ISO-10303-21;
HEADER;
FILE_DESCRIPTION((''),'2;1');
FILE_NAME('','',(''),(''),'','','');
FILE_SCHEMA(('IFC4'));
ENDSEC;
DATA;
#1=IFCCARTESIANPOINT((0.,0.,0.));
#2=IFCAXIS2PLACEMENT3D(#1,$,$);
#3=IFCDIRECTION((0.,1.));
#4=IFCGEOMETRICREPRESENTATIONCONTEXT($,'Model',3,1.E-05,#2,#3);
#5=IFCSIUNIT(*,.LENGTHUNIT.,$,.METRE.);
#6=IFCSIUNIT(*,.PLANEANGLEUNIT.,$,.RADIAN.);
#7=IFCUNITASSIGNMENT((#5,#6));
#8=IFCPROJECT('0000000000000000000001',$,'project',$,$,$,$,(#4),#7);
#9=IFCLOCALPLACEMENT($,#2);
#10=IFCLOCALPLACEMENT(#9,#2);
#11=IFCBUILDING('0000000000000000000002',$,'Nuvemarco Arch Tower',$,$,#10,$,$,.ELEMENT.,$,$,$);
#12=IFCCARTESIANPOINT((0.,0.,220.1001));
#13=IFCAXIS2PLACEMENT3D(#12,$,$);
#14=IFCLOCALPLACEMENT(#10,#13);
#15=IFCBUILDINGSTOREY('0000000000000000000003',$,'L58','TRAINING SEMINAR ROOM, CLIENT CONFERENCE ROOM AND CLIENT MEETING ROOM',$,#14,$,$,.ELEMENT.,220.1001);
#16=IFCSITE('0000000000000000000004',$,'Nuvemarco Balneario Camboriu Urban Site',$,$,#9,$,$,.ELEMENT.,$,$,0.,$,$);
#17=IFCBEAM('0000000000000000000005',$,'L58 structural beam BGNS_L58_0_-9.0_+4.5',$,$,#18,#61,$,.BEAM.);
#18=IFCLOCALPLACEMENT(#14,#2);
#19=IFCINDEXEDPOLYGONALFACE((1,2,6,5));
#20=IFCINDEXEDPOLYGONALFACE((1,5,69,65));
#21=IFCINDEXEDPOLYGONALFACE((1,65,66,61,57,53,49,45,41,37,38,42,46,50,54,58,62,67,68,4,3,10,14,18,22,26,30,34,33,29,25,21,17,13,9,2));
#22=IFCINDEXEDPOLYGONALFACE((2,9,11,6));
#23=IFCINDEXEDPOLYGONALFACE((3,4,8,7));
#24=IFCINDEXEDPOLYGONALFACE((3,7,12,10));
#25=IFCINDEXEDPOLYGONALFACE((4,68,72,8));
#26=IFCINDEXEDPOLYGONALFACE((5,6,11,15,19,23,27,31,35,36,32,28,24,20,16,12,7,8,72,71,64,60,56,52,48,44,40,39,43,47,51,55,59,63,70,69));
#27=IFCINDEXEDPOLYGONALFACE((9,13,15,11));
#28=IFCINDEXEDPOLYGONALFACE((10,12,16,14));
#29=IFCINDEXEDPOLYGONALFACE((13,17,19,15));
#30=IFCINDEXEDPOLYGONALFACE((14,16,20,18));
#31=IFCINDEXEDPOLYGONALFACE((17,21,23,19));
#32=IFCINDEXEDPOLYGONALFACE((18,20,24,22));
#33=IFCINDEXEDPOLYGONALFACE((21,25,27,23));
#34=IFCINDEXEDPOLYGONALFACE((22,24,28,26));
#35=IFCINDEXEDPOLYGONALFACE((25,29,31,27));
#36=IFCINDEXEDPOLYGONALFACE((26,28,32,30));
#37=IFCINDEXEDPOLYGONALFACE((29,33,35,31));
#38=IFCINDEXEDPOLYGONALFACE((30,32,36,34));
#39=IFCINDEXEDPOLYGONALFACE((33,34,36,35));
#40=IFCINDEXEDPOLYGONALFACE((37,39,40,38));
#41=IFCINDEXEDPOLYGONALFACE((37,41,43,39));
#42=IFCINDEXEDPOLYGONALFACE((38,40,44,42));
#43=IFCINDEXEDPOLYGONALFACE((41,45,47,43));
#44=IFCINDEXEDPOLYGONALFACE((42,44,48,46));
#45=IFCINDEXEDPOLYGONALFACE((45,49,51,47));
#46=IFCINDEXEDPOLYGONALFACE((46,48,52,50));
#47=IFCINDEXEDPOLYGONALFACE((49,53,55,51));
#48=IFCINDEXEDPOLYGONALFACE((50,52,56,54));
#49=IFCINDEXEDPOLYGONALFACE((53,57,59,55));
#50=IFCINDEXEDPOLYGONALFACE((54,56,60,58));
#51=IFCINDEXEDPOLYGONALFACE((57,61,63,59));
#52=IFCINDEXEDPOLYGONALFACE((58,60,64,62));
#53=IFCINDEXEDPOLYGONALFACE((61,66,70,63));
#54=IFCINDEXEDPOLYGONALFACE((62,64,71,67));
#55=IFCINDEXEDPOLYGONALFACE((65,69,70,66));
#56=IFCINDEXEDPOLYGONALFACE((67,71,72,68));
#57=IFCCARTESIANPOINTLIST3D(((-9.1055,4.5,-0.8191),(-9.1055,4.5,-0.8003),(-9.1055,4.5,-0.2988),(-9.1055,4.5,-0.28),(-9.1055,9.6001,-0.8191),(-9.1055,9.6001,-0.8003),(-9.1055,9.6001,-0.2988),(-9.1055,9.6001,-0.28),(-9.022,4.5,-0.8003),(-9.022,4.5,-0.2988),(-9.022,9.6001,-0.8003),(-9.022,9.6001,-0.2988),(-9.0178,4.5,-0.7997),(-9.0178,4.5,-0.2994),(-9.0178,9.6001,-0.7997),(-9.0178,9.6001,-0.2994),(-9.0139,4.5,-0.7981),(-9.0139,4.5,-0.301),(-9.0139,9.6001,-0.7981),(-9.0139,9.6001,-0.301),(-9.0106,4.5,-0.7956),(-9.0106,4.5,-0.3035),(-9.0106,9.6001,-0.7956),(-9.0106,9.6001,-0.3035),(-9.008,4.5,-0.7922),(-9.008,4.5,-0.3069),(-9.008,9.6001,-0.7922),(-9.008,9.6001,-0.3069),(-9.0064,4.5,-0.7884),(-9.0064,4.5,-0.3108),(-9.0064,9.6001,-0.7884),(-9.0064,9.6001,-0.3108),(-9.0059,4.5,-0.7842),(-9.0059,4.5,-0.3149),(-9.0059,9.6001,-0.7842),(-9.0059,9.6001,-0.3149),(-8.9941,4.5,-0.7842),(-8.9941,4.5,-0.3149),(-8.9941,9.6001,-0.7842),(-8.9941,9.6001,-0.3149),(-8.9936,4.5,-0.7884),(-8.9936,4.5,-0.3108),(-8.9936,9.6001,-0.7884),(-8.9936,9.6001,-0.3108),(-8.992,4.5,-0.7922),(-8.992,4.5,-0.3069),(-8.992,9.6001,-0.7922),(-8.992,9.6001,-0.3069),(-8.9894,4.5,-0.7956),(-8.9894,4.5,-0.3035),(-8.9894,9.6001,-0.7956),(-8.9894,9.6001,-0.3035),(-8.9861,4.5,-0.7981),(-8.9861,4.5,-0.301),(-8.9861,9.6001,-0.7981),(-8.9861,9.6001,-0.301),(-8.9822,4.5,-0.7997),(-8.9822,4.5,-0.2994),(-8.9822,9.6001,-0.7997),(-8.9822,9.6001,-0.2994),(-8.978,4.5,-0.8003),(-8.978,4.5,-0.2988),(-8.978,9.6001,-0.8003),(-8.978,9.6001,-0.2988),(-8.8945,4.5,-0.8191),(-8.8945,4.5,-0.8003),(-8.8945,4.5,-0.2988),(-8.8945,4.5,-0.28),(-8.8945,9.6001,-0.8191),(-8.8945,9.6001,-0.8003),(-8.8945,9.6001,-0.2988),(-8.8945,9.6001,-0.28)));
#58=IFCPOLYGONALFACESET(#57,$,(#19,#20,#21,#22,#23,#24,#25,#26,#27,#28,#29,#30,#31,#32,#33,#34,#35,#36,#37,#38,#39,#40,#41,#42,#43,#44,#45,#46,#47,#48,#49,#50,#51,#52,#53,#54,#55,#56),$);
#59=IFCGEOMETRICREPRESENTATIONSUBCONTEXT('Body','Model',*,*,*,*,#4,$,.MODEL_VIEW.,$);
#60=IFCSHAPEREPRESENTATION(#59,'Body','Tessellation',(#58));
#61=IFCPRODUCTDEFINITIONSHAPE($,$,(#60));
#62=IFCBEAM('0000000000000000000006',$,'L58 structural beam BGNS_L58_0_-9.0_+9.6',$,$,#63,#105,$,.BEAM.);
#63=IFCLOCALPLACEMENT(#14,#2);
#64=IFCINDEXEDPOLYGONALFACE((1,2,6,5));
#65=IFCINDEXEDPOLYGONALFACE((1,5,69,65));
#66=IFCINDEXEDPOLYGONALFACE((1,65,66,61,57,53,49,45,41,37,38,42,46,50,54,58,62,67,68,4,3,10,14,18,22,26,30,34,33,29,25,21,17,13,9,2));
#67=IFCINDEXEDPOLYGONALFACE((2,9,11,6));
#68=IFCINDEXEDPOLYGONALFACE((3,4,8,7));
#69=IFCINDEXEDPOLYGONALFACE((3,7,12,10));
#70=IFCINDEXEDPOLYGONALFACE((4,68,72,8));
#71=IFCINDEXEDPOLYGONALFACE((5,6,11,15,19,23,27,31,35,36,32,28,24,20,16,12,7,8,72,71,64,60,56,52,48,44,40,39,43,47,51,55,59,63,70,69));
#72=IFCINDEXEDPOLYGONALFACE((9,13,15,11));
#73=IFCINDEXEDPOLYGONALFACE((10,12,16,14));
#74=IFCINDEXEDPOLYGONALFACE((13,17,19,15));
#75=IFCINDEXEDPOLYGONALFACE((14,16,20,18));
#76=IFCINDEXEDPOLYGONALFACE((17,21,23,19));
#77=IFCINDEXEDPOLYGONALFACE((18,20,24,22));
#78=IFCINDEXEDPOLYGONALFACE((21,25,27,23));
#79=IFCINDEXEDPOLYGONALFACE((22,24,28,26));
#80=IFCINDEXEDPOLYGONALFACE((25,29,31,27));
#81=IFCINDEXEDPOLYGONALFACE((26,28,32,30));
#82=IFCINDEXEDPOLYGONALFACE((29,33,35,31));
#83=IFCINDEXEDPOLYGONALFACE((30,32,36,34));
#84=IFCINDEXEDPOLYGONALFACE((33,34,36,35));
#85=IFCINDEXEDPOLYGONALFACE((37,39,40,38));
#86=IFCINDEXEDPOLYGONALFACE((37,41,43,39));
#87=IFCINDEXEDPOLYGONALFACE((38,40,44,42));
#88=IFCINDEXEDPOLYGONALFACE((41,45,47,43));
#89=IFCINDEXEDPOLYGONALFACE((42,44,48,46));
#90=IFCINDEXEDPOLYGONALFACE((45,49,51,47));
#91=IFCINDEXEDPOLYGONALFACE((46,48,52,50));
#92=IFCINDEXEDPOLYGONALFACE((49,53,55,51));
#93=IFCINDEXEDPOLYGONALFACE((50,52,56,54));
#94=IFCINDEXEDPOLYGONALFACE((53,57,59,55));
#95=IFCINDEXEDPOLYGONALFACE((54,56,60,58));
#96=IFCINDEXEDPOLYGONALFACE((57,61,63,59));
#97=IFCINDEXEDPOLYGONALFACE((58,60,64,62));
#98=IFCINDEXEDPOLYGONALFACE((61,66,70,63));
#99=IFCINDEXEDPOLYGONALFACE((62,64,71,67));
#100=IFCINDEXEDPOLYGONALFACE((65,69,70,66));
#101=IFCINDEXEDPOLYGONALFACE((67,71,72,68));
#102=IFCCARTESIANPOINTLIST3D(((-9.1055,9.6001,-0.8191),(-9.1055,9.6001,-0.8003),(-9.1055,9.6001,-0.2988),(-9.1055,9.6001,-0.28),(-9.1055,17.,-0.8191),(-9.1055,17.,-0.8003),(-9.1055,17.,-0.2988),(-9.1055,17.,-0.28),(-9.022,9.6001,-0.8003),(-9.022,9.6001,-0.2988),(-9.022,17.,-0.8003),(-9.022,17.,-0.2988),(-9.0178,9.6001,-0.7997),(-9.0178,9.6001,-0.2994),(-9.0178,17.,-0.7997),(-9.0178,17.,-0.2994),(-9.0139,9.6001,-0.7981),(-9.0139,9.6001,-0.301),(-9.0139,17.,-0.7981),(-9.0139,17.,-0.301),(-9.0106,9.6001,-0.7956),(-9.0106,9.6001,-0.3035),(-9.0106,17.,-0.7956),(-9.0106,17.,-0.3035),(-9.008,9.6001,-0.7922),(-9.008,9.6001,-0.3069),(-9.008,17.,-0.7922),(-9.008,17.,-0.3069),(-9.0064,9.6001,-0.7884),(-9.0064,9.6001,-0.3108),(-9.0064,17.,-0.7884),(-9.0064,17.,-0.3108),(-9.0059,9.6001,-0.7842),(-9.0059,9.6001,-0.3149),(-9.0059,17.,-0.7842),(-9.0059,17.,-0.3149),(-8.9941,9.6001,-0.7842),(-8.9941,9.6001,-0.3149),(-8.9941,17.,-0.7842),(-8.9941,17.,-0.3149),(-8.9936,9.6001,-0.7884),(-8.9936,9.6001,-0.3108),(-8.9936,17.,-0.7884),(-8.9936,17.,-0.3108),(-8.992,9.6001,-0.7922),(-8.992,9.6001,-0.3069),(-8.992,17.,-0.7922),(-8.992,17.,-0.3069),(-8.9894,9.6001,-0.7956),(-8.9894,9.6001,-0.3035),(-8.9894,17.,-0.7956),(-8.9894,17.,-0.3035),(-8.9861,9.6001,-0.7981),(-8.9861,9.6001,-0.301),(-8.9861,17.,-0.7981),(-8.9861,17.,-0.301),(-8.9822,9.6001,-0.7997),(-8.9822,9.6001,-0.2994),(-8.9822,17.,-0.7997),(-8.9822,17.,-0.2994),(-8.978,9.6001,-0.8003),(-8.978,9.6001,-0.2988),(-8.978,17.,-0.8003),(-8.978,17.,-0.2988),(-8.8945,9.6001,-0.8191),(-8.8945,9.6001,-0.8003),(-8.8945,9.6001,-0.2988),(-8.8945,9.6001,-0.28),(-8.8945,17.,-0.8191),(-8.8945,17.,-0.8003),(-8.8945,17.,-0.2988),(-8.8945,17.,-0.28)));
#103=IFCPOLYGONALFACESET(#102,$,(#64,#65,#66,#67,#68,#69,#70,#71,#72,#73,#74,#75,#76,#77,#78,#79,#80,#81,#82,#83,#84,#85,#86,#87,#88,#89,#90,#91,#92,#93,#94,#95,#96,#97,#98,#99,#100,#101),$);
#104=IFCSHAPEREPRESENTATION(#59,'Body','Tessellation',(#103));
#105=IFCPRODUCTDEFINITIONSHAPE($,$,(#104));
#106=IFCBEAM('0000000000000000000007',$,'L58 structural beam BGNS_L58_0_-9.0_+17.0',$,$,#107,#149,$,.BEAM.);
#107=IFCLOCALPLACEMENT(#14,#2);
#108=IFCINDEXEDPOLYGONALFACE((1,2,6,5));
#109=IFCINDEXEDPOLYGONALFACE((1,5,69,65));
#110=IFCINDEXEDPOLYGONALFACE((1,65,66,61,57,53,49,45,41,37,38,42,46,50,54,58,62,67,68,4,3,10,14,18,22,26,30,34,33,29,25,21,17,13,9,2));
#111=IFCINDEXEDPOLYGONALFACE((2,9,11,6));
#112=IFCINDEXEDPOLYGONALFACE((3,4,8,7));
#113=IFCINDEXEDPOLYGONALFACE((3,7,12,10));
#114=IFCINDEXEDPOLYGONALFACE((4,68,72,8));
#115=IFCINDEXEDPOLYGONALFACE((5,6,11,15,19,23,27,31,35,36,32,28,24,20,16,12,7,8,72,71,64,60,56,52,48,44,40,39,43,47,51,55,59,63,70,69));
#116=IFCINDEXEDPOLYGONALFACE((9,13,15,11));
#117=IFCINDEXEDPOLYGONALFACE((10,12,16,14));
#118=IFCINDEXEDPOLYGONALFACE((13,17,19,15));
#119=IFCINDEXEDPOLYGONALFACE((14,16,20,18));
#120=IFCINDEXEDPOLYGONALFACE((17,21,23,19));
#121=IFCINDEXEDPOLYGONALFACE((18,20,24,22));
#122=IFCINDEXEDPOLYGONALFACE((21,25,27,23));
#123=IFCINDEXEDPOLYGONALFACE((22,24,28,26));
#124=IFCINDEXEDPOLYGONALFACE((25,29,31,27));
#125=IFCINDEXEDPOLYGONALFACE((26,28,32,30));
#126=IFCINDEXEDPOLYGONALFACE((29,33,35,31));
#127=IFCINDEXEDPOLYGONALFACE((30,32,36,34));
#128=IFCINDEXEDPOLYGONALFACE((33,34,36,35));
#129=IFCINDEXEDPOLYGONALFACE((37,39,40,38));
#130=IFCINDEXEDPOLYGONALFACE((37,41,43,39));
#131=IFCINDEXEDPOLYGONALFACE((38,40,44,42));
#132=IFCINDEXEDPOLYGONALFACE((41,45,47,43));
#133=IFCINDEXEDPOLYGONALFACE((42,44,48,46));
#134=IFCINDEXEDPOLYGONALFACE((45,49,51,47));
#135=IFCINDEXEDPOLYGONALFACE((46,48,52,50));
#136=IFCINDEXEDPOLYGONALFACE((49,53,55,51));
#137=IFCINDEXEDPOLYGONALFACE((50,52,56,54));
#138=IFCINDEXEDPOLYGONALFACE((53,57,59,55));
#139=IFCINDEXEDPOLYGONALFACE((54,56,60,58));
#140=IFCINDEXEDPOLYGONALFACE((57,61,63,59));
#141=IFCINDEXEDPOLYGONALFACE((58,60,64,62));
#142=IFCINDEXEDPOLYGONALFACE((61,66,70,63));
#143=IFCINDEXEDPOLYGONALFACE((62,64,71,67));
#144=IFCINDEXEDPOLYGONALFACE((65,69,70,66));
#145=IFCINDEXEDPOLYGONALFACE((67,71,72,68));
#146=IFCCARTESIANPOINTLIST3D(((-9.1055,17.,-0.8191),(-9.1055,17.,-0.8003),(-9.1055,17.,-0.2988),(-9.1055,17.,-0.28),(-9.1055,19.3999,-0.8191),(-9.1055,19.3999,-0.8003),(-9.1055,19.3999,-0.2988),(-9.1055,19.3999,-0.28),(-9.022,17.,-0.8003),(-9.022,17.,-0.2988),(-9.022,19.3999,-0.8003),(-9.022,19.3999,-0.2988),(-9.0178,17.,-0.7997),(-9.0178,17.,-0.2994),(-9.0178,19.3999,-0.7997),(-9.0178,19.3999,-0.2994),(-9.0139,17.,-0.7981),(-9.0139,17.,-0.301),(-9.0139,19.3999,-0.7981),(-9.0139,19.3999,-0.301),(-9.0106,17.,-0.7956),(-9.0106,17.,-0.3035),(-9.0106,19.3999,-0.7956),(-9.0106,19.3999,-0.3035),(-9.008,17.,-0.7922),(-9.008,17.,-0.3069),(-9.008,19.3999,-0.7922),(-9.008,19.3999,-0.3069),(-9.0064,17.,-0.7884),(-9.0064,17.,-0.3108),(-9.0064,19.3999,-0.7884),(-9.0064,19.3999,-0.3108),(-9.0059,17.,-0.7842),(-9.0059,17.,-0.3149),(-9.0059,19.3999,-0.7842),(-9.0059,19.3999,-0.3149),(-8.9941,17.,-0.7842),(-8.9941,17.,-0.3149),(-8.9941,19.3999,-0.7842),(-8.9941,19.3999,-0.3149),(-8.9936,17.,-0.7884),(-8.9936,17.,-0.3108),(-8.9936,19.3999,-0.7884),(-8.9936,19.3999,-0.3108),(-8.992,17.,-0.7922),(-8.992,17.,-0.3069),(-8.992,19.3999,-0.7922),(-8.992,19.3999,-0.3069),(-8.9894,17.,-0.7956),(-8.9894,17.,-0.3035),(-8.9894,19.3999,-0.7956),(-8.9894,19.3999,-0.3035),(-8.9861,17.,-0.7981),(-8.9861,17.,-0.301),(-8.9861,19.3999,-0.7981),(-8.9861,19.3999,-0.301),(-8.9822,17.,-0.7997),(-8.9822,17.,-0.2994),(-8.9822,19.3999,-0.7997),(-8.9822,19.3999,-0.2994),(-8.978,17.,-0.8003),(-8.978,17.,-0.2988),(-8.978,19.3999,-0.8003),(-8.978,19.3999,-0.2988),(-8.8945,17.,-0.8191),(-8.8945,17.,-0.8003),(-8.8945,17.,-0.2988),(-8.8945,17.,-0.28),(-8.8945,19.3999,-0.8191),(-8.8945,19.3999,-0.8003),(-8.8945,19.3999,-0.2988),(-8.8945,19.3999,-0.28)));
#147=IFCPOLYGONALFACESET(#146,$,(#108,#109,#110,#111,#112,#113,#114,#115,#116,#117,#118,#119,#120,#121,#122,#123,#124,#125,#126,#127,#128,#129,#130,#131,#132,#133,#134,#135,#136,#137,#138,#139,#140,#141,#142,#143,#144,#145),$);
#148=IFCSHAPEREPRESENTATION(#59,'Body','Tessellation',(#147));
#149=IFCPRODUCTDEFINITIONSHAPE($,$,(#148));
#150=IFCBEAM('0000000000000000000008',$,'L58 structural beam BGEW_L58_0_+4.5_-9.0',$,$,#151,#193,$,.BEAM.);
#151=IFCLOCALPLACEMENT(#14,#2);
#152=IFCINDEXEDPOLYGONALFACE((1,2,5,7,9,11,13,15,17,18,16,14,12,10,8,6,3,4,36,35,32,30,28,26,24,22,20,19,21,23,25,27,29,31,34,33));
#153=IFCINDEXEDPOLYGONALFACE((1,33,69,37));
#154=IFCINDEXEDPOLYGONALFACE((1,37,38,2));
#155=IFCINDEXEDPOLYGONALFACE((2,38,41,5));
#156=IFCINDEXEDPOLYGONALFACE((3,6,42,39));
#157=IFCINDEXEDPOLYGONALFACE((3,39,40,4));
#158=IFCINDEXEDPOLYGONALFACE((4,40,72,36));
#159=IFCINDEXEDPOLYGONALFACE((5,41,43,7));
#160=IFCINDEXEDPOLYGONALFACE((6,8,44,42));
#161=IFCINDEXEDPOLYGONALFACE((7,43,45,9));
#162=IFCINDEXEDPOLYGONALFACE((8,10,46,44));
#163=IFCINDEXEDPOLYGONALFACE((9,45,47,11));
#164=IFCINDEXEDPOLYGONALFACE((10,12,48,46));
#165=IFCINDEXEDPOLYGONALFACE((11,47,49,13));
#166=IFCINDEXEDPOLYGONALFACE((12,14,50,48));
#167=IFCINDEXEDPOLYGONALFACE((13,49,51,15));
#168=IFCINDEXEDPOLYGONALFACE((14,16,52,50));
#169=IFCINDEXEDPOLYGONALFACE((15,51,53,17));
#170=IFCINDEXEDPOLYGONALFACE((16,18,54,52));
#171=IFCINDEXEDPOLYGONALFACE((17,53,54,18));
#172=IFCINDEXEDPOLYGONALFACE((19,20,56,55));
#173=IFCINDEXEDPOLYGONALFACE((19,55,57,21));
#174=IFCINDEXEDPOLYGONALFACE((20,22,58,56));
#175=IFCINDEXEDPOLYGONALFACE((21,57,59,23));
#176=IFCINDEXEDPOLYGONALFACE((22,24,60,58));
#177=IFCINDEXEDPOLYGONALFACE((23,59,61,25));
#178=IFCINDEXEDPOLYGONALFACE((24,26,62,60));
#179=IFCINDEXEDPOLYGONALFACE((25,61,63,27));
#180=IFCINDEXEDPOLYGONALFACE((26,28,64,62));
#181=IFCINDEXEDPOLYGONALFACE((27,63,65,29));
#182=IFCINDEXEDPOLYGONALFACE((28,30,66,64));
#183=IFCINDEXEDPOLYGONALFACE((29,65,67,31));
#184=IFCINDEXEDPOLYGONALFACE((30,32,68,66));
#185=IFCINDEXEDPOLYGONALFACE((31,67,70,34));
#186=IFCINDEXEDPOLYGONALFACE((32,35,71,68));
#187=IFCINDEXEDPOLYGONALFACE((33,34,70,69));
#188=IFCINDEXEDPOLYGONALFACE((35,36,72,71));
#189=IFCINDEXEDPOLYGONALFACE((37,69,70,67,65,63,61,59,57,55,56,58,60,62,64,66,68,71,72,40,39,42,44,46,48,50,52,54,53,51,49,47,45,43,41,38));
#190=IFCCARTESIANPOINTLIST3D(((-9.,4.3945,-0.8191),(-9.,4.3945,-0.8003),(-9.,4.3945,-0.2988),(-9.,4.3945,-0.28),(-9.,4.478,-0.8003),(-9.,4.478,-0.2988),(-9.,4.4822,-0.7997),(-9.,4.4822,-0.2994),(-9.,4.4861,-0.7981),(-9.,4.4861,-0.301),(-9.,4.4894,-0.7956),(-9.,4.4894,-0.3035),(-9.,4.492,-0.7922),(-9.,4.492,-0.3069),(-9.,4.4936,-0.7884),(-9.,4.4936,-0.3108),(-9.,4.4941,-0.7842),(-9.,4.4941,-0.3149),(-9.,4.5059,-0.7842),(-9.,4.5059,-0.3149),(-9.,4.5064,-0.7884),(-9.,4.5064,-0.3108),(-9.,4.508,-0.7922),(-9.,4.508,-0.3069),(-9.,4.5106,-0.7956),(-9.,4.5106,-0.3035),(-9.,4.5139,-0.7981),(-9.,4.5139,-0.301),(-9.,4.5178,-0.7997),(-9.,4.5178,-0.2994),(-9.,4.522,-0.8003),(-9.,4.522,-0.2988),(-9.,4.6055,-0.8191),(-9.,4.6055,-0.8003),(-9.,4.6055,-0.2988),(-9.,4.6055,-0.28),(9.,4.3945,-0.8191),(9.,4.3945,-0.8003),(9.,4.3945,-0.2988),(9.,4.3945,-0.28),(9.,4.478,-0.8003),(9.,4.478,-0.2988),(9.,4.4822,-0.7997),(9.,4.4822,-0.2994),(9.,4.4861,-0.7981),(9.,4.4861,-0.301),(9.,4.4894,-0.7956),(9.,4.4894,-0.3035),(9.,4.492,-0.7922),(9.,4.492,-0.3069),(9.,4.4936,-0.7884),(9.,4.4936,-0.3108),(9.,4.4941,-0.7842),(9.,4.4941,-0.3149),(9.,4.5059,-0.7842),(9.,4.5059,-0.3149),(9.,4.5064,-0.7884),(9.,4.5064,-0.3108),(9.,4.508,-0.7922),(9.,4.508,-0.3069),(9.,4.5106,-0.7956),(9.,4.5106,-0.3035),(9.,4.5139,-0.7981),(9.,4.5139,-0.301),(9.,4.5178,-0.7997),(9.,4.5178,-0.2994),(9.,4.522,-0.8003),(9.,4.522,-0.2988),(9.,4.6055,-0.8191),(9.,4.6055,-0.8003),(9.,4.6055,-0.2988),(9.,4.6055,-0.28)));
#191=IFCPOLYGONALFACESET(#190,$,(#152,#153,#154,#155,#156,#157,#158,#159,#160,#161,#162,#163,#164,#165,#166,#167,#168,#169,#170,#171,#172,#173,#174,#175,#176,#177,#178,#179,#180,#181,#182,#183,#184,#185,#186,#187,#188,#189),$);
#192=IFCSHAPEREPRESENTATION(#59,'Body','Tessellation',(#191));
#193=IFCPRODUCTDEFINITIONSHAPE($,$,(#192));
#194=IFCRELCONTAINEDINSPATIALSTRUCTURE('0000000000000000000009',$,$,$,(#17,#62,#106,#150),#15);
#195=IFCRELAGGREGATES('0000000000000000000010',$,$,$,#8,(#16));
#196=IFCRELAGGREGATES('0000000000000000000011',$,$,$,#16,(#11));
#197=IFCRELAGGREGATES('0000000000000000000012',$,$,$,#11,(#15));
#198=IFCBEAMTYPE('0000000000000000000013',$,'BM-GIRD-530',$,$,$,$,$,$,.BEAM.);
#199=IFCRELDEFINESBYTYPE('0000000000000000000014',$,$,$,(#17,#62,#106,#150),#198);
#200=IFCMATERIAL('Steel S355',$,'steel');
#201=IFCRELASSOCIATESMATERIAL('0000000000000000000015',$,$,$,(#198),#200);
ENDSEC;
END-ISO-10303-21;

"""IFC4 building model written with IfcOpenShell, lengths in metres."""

from ifc_helpers import new_model, si_unit, direction, frame, origin, origin_2d, place, context, subcontext, project, spatial, i_section, extrude, material, material_profile, profile_set, type_object, element, save


model = new_model("IFC4")

# Units and contexts
model_context = context("Model", 3, precision=1e-05, world=origin(), true_north=direction((0.0, 1.0)))
body_context = subcontext(model_context, "Body", "Model", "MODEL_VIEW")
ifc_project = project(units=[si_unit("LENGTHUNIT", "METRE"), si_unit("PLANEANGLEUNIT", "RADIAN")], contexts=[model_context])

# Site, building, storey
site_placement = place(None, origin())
site = spatial("IfcSite", under=ifc_project, at=site_placement, Name="Nuvemarco Balneario Camboriu Urban Site", CompositionType="ELEMENT", RefElevation=0.0)
building_placement = place(site_placement, origin())
building = spatial("IfcBuilding", under=site, at=building_placement, Name="Nuvemarco Arch Tower", CompositionType="ELEMENT")
storey_placement = place(building_placement, frame((0.0, 0.0, 220.1001)))
storey = spatial("IfcBuildingStorey", under=building, at=storey_placement, Name="L58", Description="TRAINING SEMINAR ROOM, CLIENT CONFERENCE ROOM AND CLIENT MEETING ROOM", CompositionType="ELEMENT", Elevation=220.1001)

# Shared definitions
ifc_material_1 = material(Name="Steel S355", Category="steel")

# Beams
ifc_material_profile_1 = material_profile(ifc_material_1, i_section(OverallWidth=0.2109, OverallDepth=0.5391, WebThickness=0.0117, FlangeThickness=0.0188, FilletRadius=0.0161, at=origin_2d()), Name="W530x109")
ifc_profile_set_1 = profile_set([ifc_material_profile_1], Name="Steel S355")
beam_type_1 = type_object("IfcBeamType", Name="BM-GIRD-530", PredefinedType="BEAM", material=ifc_profile_set_1)
beam_1_placement = place(storey_placement, frame((-9.0, 4.5, -0.5496), z_axis=(0.0, 1.0, 0.0), x_axis=(-1.0, 0.0, 0.0)))
element("IfcBeam", 1, at=beam_1_placement, inside=storey, type_object=beam_type_1, Name="L58 structural beam BGNS_L58_0_-9.0_+4.5", PredefinedType="BEAM", context=body_context, shape_type="SweptSolid", body=[
    extrude(i_section(OverallWidth=0.2109, OverallDepth=0.5391, WebThickness=0.0117, FlangeThickness=0.0188, FilletRadius=0.0161, at=origin_2d()), origin(), (0.0, 0.0, 1.0), 5.1001),
])
beam_2_placement = place(storey_placement, frame((-9.0, 9.6001, -0.5496), z_axis=(0.0, 1.0, 0.0), x_axis=(-1.0, 0.0, 0.0)))
element("IfcBeam", 2, at=beam_2_placement, inside=storey, type_object=beam_type_1, Name="L58 structural beam BGNS_L58_0_-9.0_+9.6", PredefinedType="BEAM", context=body_context, shape_type="SweptSolid", body=[
    extrude(i_section(OverallWidth=0.2109, OverallDepth=0.5391, WebThickness=0.0117, FlangeThickness=0.0188, FilletRadius=0.0161, at=origin_2d()), origin(), (0.0, 0.0, 1.0), 7.3999),
])
beam_3_placement = place(storey_placement, frame((-9.0, 17.0, -0.5496), z_axis=(0.0, 1.0, 0.0), x_axis=(-1.0, 0.0, 0.0)))
element("IfcBeam", 3, at=beam_3_placement, inside=storey, type_object=beam_type_1, Name="L58 structural beam BGNS_L58_0_-9.0_+17.0", PredefinedType="BEAM", context=body_context, shape_type="SweptSolid", body=[
    extrude(i_section(OverallWidth=0.2109, OverallDepth=0.5391, WebThickness=0.0117, FlangeThickness=0.0188, FilletRadius=0.0161, at=origin_2d()), origin(), (0.0, 0.0, 1.0), 2.3999),
])
beam_4_placement = place(storey_placement, frame((-9.0, 4.5, -0.5496), z_axis=(1.0, 0.0, 0.0), x_axis=(0.0, 1.0, 0.0)))
element("IfcBeam", 4, at=beam_4_placement, inside=storey, type_object=beam_type_1, Name="L58 structural beam BGEW_L58_0_+4.5_-9.0", PredefinedType="BEAM", context=body_context, shape_type="SweptSolid", body=[
    extrude(i_section(OverallWidth=0.2109, OverallDepth=0.5391, WebThickness=0.0117, FlangeThickness=0.0188, FilletRadius=0.0161, at=origin_2d()), origin(), (0.0, 0.0, 1.0), 18.0),
])

save(model, "model.ifc")
